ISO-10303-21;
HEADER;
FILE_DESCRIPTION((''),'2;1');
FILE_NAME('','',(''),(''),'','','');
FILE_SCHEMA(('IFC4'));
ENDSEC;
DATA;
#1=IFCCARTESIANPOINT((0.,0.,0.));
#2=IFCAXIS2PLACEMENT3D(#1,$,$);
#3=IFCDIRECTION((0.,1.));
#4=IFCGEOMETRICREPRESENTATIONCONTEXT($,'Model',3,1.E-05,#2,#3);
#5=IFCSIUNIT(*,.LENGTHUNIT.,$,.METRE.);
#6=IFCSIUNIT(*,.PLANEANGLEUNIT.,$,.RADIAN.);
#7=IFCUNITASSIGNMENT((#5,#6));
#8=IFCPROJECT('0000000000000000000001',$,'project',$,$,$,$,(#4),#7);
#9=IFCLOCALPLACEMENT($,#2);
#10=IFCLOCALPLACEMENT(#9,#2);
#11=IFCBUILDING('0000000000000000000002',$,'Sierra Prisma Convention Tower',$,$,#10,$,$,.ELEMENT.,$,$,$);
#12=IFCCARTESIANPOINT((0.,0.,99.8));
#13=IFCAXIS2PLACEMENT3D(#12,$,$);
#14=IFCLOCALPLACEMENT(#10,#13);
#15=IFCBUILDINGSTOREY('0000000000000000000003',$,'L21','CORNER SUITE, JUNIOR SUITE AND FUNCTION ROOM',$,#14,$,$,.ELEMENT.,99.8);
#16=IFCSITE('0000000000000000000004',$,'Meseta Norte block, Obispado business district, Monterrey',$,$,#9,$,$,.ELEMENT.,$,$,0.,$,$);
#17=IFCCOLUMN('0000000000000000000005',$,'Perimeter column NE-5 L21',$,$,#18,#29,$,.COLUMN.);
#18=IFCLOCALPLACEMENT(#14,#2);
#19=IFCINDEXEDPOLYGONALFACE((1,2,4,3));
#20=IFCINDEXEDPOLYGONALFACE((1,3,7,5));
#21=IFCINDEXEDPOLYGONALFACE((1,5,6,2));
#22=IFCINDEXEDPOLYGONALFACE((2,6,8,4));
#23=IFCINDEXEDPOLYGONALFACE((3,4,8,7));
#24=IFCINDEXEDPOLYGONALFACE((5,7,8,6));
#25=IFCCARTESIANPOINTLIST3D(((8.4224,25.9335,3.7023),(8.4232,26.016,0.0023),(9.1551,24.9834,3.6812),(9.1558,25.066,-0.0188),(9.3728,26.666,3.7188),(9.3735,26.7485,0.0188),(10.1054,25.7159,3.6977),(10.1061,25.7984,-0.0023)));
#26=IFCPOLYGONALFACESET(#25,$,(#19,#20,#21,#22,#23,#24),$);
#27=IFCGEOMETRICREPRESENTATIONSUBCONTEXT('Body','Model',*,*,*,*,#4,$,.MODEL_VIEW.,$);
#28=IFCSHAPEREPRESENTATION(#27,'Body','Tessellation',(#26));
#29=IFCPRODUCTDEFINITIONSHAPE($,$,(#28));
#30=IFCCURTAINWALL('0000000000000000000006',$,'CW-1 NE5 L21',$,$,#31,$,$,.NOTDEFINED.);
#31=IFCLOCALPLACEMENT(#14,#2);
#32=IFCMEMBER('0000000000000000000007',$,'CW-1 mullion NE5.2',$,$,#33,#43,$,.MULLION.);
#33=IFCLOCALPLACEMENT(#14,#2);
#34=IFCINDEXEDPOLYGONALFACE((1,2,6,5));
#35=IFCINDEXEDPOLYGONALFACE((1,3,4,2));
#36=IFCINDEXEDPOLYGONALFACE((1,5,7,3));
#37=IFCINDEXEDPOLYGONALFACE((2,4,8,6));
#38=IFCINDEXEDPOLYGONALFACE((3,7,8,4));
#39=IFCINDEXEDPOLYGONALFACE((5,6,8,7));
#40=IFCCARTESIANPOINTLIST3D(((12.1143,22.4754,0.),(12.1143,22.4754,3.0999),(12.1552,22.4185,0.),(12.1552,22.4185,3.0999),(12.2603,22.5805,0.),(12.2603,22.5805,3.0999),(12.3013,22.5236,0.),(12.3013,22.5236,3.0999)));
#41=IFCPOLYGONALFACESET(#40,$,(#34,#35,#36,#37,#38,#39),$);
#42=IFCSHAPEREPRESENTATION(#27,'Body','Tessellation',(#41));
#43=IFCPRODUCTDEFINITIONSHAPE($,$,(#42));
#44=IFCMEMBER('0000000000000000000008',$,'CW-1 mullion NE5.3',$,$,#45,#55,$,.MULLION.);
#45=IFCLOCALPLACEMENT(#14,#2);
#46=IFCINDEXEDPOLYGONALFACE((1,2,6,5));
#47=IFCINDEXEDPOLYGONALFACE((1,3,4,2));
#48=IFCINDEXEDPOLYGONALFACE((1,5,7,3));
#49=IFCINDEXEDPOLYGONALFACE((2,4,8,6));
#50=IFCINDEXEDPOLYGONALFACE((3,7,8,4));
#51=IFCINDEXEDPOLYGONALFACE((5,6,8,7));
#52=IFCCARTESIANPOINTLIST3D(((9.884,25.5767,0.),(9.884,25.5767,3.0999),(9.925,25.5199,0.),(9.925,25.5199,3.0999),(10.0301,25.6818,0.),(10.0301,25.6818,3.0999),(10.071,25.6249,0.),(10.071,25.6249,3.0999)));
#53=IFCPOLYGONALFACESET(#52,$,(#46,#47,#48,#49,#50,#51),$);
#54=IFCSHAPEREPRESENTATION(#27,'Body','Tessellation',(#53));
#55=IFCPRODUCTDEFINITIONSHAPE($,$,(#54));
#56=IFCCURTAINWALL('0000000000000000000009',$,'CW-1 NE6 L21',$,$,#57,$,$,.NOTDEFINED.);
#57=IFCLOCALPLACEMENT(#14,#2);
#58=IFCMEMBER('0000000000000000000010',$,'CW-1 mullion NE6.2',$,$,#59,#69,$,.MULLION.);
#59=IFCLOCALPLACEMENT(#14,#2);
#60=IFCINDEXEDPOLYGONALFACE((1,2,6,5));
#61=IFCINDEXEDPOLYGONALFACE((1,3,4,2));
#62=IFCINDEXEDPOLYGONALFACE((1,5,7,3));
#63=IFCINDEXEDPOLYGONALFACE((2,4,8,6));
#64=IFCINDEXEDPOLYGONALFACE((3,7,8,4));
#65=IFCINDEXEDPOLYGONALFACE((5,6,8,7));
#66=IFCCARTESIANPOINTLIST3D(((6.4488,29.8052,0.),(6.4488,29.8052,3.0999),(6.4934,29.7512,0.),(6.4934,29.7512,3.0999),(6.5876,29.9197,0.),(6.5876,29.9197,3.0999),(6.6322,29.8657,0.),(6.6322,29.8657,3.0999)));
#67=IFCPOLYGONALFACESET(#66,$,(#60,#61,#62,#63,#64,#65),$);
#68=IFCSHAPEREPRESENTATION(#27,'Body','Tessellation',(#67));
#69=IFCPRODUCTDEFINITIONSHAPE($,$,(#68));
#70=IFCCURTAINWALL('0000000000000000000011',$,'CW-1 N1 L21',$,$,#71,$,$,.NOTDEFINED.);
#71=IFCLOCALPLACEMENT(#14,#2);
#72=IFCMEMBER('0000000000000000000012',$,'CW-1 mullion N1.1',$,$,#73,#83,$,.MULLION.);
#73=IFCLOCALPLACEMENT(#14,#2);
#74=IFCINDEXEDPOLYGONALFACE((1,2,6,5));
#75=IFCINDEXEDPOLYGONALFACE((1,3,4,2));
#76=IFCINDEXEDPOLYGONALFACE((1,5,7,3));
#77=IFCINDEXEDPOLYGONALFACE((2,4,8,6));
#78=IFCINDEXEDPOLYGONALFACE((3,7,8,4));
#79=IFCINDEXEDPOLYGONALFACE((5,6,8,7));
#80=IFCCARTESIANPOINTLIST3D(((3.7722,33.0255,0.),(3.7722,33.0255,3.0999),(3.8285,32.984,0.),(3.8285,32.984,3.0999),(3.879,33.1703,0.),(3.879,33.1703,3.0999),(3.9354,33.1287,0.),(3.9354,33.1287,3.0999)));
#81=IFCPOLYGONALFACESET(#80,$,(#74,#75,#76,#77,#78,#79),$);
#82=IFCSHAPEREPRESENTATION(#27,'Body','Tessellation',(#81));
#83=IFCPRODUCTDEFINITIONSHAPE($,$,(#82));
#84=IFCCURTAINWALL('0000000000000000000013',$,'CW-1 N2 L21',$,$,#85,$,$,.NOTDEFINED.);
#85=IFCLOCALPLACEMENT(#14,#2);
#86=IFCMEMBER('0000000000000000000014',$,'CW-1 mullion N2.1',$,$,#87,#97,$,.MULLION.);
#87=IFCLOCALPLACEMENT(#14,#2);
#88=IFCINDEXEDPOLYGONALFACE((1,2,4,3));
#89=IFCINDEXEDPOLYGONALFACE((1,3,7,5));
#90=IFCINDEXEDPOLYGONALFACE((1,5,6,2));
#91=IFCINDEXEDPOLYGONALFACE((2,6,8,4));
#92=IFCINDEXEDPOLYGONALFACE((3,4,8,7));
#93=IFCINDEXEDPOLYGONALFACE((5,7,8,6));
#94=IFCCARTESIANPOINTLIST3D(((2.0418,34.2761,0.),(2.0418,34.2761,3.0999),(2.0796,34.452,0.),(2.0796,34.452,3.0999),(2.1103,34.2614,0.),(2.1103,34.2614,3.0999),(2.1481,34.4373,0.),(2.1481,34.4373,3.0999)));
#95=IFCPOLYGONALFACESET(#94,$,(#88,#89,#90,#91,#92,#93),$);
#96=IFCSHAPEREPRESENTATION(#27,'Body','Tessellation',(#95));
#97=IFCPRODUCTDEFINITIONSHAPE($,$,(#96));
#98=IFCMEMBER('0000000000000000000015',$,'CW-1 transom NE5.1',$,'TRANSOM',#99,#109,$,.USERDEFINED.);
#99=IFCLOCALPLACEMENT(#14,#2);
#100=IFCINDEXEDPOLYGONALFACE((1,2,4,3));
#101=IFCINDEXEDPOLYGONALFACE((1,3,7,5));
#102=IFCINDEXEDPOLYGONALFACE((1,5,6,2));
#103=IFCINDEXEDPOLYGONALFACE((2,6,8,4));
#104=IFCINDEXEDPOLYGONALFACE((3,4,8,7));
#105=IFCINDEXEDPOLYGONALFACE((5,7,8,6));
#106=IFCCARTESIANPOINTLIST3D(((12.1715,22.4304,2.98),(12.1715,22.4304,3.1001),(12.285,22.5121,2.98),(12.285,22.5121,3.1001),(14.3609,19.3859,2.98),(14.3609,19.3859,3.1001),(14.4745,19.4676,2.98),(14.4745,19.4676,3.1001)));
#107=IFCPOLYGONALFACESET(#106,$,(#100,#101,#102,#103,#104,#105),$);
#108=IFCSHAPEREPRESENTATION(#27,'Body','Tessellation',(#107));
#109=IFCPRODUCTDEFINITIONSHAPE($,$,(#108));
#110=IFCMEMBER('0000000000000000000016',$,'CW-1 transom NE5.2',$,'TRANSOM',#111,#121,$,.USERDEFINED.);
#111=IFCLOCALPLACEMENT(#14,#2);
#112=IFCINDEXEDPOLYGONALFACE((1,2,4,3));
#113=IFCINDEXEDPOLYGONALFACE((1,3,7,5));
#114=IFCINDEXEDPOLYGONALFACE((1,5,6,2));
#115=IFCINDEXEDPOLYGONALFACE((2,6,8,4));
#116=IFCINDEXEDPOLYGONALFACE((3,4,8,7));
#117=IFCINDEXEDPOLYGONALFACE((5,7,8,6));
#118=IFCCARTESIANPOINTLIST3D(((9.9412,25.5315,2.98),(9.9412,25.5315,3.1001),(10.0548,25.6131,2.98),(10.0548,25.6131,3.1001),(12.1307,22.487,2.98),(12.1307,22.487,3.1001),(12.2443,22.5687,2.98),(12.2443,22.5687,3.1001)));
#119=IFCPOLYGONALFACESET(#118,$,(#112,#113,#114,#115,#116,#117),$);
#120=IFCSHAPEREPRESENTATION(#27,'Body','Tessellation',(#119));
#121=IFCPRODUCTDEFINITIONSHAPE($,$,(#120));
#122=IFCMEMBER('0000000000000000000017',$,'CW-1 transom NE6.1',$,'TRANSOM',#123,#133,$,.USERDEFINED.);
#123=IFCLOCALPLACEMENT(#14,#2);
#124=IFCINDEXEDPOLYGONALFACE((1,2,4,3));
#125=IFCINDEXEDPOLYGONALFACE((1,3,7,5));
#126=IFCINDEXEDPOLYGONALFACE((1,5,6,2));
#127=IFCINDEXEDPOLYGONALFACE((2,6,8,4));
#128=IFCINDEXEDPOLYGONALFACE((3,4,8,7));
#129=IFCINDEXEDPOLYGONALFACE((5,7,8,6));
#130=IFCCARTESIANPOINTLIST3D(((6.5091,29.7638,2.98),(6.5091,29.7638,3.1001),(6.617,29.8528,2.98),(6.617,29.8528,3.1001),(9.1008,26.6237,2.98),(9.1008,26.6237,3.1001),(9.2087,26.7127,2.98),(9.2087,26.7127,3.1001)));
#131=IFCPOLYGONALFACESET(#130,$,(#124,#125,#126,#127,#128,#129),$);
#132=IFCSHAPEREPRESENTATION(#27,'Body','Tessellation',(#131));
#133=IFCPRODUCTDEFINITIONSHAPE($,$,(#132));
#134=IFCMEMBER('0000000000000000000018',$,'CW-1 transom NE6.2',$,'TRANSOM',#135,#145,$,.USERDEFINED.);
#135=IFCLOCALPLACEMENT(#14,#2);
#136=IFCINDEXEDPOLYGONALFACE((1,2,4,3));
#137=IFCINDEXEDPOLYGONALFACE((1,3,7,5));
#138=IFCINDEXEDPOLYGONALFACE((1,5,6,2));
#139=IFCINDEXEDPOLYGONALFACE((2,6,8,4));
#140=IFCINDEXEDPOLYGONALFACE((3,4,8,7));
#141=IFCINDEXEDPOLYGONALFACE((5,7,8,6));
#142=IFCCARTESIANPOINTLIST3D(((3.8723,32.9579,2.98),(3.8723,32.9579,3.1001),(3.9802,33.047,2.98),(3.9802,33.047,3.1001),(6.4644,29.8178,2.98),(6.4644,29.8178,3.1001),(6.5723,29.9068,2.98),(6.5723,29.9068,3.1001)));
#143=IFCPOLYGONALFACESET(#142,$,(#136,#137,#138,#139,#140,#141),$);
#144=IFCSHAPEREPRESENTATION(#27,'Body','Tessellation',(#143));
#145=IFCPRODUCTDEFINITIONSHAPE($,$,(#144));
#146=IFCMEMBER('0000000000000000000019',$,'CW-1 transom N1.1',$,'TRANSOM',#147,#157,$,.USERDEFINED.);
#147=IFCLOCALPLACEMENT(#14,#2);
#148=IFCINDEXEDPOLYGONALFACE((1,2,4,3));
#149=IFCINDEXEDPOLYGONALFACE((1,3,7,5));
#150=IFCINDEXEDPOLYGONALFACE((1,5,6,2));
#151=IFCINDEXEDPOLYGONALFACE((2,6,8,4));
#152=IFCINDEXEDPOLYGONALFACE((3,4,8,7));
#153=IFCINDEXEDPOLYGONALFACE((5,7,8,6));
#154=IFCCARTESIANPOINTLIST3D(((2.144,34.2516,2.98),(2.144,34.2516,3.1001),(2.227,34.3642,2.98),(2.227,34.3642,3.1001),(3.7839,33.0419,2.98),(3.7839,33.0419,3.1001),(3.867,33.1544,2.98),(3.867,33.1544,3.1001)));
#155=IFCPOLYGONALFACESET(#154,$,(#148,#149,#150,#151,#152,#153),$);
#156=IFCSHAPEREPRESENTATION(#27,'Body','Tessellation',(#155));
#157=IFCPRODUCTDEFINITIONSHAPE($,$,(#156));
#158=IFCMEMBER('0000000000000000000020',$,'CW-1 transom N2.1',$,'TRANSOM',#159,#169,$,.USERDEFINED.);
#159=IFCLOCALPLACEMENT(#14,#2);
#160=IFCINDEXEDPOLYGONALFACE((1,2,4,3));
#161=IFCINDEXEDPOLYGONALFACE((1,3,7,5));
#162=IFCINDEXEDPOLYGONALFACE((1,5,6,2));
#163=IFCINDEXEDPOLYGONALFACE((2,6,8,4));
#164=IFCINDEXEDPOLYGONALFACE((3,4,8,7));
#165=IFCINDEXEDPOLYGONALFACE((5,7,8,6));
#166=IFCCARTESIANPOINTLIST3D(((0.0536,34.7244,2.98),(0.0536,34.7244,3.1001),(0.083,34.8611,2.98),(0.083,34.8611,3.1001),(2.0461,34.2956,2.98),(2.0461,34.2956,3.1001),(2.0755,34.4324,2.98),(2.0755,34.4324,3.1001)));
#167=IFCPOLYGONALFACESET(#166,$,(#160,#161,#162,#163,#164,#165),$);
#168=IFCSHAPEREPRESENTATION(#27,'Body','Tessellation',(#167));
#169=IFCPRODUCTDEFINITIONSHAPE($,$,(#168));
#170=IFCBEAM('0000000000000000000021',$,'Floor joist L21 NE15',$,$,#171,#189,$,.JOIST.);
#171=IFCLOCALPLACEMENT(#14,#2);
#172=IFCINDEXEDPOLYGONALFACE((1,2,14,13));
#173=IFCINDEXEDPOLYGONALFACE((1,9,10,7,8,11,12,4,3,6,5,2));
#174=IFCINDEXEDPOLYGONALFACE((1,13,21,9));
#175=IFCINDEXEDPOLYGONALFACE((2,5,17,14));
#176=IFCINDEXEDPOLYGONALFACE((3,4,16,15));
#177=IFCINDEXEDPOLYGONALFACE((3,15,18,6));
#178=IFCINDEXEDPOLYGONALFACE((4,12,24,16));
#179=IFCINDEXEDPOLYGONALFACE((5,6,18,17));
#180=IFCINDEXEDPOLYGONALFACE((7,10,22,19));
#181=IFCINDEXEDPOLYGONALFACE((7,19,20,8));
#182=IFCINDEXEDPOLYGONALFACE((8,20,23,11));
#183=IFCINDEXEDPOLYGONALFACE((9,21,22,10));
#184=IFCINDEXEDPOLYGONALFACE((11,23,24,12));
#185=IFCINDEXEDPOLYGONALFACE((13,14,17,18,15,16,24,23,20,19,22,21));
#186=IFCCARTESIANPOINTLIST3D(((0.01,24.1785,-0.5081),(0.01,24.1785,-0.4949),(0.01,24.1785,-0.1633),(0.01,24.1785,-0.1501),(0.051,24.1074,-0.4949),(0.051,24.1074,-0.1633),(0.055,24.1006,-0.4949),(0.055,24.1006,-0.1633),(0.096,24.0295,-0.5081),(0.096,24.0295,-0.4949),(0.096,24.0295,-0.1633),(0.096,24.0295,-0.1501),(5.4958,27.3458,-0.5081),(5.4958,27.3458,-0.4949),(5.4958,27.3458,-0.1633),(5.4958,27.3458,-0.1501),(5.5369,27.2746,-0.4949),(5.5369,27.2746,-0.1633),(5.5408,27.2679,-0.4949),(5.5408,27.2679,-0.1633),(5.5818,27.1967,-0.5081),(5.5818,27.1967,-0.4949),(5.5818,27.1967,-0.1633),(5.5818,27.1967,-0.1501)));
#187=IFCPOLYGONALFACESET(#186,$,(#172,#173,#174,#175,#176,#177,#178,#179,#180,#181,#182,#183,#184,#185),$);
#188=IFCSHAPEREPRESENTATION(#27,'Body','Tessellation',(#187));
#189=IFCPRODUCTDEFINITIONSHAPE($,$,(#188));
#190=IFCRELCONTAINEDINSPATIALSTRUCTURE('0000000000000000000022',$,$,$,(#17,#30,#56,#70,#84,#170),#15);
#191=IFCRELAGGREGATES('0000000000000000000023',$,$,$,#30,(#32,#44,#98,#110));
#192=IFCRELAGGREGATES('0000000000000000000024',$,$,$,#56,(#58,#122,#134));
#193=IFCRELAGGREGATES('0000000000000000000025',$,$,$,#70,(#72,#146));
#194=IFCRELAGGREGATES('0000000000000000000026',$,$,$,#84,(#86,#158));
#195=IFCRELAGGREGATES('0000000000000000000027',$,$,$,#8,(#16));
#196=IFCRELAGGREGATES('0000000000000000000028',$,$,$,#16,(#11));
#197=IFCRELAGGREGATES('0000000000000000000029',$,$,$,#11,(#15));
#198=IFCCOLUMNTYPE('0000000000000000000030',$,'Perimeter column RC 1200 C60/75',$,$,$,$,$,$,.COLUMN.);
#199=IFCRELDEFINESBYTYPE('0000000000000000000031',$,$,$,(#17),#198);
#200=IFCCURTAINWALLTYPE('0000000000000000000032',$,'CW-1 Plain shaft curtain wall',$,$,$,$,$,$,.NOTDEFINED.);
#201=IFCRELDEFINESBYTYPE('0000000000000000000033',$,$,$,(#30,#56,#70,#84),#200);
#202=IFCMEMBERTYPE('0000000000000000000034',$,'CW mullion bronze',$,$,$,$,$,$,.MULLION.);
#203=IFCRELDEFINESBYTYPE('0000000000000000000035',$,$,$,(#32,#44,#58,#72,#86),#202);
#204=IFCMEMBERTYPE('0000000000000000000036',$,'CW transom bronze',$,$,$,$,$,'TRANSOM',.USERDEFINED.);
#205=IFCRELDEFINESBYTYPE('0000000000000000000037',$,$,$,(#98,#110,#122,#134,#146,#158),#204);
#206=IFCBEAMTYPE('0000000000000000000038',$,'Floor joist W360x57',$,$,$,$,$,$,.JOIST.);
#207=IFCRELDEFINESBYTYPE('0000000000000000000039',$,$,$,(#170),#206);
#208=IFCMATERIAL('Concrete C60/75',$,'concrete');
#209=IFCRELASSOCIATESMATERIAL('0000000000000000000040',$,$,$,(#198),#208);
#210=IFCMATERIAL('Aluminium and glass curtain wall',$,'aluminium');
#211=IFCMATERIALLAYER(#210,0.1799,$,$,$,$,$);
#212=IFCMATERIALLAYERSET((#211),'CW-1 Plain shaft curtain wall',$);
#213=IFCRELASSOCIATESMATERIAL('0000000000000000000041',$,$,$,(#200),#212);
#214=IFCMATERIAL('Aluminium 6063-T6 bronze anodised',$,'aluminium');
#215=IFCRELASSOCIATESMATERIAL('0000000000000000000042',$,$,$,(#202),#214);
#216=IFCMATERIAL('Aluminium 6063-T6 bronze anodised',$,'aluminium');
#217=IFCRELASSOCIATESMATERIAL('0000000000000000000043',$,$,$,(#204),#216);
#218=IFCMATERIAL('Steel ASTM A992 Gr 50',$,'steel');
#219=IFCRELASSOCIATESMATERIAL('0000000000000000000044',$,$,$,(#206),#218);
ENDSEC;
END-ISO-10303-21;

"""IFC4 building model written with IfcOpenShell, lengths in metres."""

from ifc_helpers import new_model, si_unit, direction, frame, origin, origin_2d, place, context, subcontext, project, spatial, rectangle, i_section, extrude, material, layer, layer_set, material_profile, profile_set, type_object, element, aggregate, save


model = new_model("IFC4")

# Units and contexts
model_context = context("Model", 3, precision=1e-05, world=origin(), true_north=direction((0.0, 1.0)))
body_context = subcontext(model_context, "Body", "Model", "MODEL_VIEW")
ifc_project = project(units=[si_unit("LENGTHUNIT", "METRE"), si_unit("PLANEANGLEUNIT", "RADIAN")], contexts=[model_context])

# Site, building, storey
site_placement = place(None, origin())
site = spatial("IfcSite", under=ifc_project, at=site_placement, Name="Meseta Norte block, Obispado business district, Monterrey", CompositionType="ELEMENT", RefElevation=0.0)
building_placement = place(site_placement, origin())
building = spatial("IfcBuilding", under=site, at=building_placement, Name="Sierra Prisma Convention Tower", CompositionType="ELEMENT")
storey_placement = place(building_placement, frame((0.0, 0.0, 99.8)))
storey = spatial("IfcBuildingStorey", under=building, at=storey_placement, Name="L21", Description="CORNER SUITE, JUNIOR SUITE AND FUNCTION ROOM", CompositionType="ELEMENT", Elevation=99.8)

# Column
ifc_material_1 = material(Name="Concrete C60/75", Category="concrete")
ifc_material_profile_1 = material_profile(ifc_material_1, rectangle(XDim=1.2, YDim=1.2, at=origin_2d()), Name="Perimeter column RC 1200 C60/75")
ifc_profile_set_1 = profile_set([ifc_material_profile_1], Name="Concrete C60/75")
column_type = type_object("IfcColumnType", Name="Perimeter column RC 1200 C60/75", PredefinedType="COLUMN", material=ifc_profile_set_1)
column_placement = place(storey_placement, frame((9.2646, 25.9072, 0.0), z_axis=(-0.000198, -0.022297, 0.999751), x_axis=(-0.61056, 0.791776, 0.017538)))
element("IfcColumn", 1, at=column_placement, inside=storey, type_object=column_type, Name="Perimeter column NE-5 L21", PredefinedType="COLUMN", context=body_context, shape_type="SweptSolid", body=[
    extrude(rectangle(XDim=1.2, YDim=1.2, at=origin_2d()), origin(), (0.0, 0.0, 1.0), 3.7009),
])

# Curtain wall, members
ifc_material_2 = material(Name="Aluminium and glass curtain wall", Category="aluminium")
ifc_layer_1 = layer(ifc_material_2, 0.1799)
ifc_layer_set_1 = layer_set([ifc_layer_1], Name="CW-1 Plain shaft curtain wall")
curtain_wall_type = type_object("IfcCurtainWallType", Name="CW-1 Plain shaft curtain wall", PredefinedType="NOTDEFINED", material=ifc_layer_set_1)
curtain_wall_1_placement = place(storey_placement, origin())
curtain_wall_1 = element("IfcCurtainWall", 2, at=curtain_wall_1_placement, inside=storey, type_object=curtain_wall_type, Name="CW-1 NE5 L21", PredefinedType="NOTDEFINED")
ifc_material_3 = material(Name="Aluminium 6063-T6 bronze anodised", Category="aluminium")
ifc_material_profile_2 = material_profile(ifc_material_3, rectangle(XDim=0.1799, YDim=0.0701, at=origin_2d()), Name="ALU MULLION 70x180")
ifc_profile_set_2 = profile_set([ifc_material_profile_2], Name="Aluminium 6063-T6 bronze anodised")
member_type_1 = type_object("IfcMemberType", Name="CW mullion bronze", PredefinedType="MULLION", material=ifc_profile_set_2)
member_1_placement = place(storey_placement, frame((12.2078, 22.4995, 0.0), z_axis=(0.0, 0.0, 1.0), x_axis=(-0.811854, -0.58386, 0.0)))
member_1 = element("IfcMember", 3, at=member_1_placement, type_object=member_type_1, Name="CW-1 mullion NE5.2", PredefinedType="MULLION", context=body_context, shape_type="SweptSolid", body=[
    extrude(rectangle(XDim=0.1799, YDim=0.0701, at=origin_2d()), origin(), (0.0, 0.0, 1.0), 3.0999),
])
member_2_placement = place(storey_placement, frame((9.9775, 25.6008, 0.0), z_axis=(0.0, 0.0, 1.0), x_axis=(-0.811854, -0.58386, 0.0)))
member_2 = element("IfcMember", 4, at=member_2_placement, type_object=member_type_1, Name="CW-1 mullion NE5.3", PredefinedType="MULLION", context=body_context, shape_type="SweptSolid", body=[
    extrude(rectangle(XDim=0.1799, YDim=0.0701, at=origin_2d()), origin(), (0.0, 0.0, 1.0), 3.0999),
])

# Curtain walls, members
curtain_wall_2_placement = place(storey_placement, origin())
curtain_wall_2 = element("IfcCurtainWall", 5, at=curtain_wall_2_placement, inside=storey, type_object=curtain_wall_type, Name="CW-1 NE6 L21", PredefinedType="NOTDEFINED")
member_3_placement = place(storey_placement, frame((6.5405, 29.8354, 0.0), z_axis=(0.0, 0.0, 1.0), x_axis=(-0.771208, -0.636584, 0.0)))
member_3 = element("IfcMember", 6, at=member_3_placement, type_object=member_type_1, Name="CW-1 mullion NE6.2", PredefinedType="MULLION", context=body_context, shape_type="SweptSolid", body=[
    extrude(rectangle(XDim=0.1799, YDim=0.0701, at=origin_2d()), origin(), (0.0, 0.0, 1.0), 3.0999),
])
curtain_wall_3_placement = place(storey_placement, origin())
curtain_wall_3 = element("IfcCurtainWall", 7, at=curtain_wall_3_placement, inside=storey, type_object=curtain_wall_type, Name="CW-1 N1 L21", PredefinedType="NOTDEFINED")
member_4_placement = place(storey_placement, frame((3.8538, 33.0771, 0.0), z_axis=(0.0, 0.0, 1.0), x_axis=(-0.593647, -0.804726, 0.0)))
member_4 = element("IfcMember", 8, at=member_4_placement, type_object=member_type_1, Name="CW-1 mullion N1.1", PredefinedType="MULLION", context=body_context, shape_type="SweptSolid", body=[
    extrude(rectangle(XDim=0.1799, YDim=0.0701, at=origin_2d()), origin(), (0.0, 0.0, 1.0), 3.0999),
])
curtain_wall_4_placement = place(storey_placement, origin())
curtain_wall_4 = element("IfcCurtainWall", 9, at=curtain_wall_4_placement, inside=storey, type_object=curtain_wall_type, Name="CW-1 N2 L21", PredefinedType="NOTDEFINED")
member_5_placement = place(storey_placement, frame((2.095, 34.3567, 0.0), z_axis=(0.0, 0.0, 1.0), x_axis=(-0.21028, -0.977641, 0.0)))
member_5 = element("IfcMember", 10, at=member_5_placement, type_object=member_type_1, Name="CW-1 mullion N2.1", PredefinedType="MULLION", context=body_context, shape_type="SweptSolid", body=[
    extrude(rectangle(XDim=0.1799, YDim=0.0701, at=origin_2d()), origin(), (0.0, 0.0, 1.0), 3.0999),
])

# Members
ifc_material_4 = material(Name="Aluminium 6063-T6 bronze anodised", Category="aluminium")
ifc_material_profile_3 = material_profile(ifc_material_4, rectangle(XDim=0.1399, YDim=0.1201, at=origin_2d()), Name="ALU TRANSOM 120x140")
ifc_profile_set_3 = profile_set([ifc_material_profile_3], Name="Aluminium 6063-T6 bronze anodised")
member_type_2 = type_object("IfcMemberType", Name="CW transom bronze", ElementType="TRANSOM", PredefinedType="USERDEFINED", material=ifc_profile_set_3)
member_6_placement = place(storey_placement, frame((14.4177, 19.4268, 3.04), z_axis=(-0.583859, 0.811855, 0.0), x_axis=(-0.811855, -0.583859, 0.0)))
member_6 = element("IfcMember", 11, at=member_6_placement, type_object=member_type_2, Name="CW-1 transom NE5.1", ObjectType="TRANSOM", PredefinedType="USERDEFINED", context=body_context, shape_type="SweptSolid", body=[
    extrude(rectangle(XDim=0.1399, YDim=0.1201, at=origin_2d()), origin(), (0.0, 0.0, 1.0), 3.75),
])
member_7_placement = place(storey_placement, frame((12.1875, 22.5278, 3.04), z_axis=(-0.583859, 0.811855, 0.0), x_axis=(-0.811855, -0.583859, 0.0)))
member_7 = element("IfcMember", 12, at=member_7_placement, type_object=member_type_2, Name="CW-1 transom NE5.2", ObjectType="TRANSOM", PredefinedType="USERDEFINED", context=body_context, shape_type="SweptSolid", body=[
    extrude(rectangle(XDim=0.1399, YDim=0.1201, at=origin_2d()), origin(), (0.0, 0.0, 1.0), 3.75),
])
member_8_placement = place(storey_placement, frame((9.1548, 26.6682, 3.04), z_axis=(-0.636556, 0.771231, 0.0), x_axis=(-0.771231, -0.636556, 0.0)))
member_8 = element("IfcMember", 13, at=member_8_placement, type_object=member_type_2, Name="CW-1 transom NE6.1", ObjectType="TRANSOM", PredefinedType="USERDEFINED", context=body_context, shape_type="SweptSolid", body=[
    extrude(rectangle(XDim=0.1399, YDim=0.1201, at=origin_2d()), origin(), (0.0, 0.0, 1.0), 4.0715),
])
member_9_placement = place(storey_placement, frame((6.5183, 29.8623, 3.04), z_axis=(-0.636592, 0.771201, 0.0), x_axis=(-0.771201, -0.636592, 0.0)))
member_9 = element("IfcMember", 14, at=member_9_placement, type_object=member_type_2, Name="CW-1 transom NE6.2", ObjectType="TRANSOM", PredefinedType="USERDEFINED", context=body_context, shape_type="SweptSolid", body=[
    extrude(rectangle(XDim=0.1399, YDim=0.1201, at=origin_2d()), origin(), (0.0, 0.0, 1.0), 4.0718),
])
member_10_placement = place(storey_placement, frame((3.8254, 33.0981, 3.04), z_axis=(-0.804734, 0.593636, 0.0), x_axis=(-0.593636, -0.804734, 0.0)))
member_10 = element("IfcMember", 15, at=member_10_placement, type_object=member_type_2, Name="CW-1 transom N1.1", ObjectType="TRANSOM", PredefinedType="USERDEFINED", context=body_context, shape_type="SweptSolid", body=[
    extrude(rectangle(XDim=0.1399, YDim=0.1201, at=origin_2d()), origin(), (0.0, 0.0, 1.0), 2.0378),
])
member_11_placement = place(storey_placement, frame((2.0608, 34.364, 3.04), z_axis=(-0.977625, 0.210355, 0.0), x_axis=(-0.210355, -0.977625, 0.0)))
member_11 = element("IfcMember", 16, at=member_11_placement, type_object=member_type_2, Name="CW-1 transom N2.1", ObjectType="TRANSOM", PredefinedType="USERDEFINED", context=body_context, shape_type="SweptSolid", body=[
    extrude(rectangle(XDim=0.1399, YDim=0.1201, at=origin_2d()), origin(), (0.0, 0.0, 1.0), 2.0381),
])

# Beam
ifc_material_5 = material(Name="Steel ASTM A992 Gr 50", Category="steel")
ifc_material_profile_4 = material_profile(ifc_material_5, i_section(OverallWidth=0.1721, OverallDepth=0.3579, WebThickness=0.0078, FlangeThickness=0.0132, at=origin_2d()), Name="W360x57")
ifc_profile_set_4 = profile_set([ifc_material_profile_4], Name="Steel ASTM A992 Gr 50")
beam_type_1 = type_object("IfcBeamType", Name="Floor joist W360x57", PredefinedType="JOIST", material=ifc_profile_set_4)
beam_1_placement = place(storey_placement, frame((5.5388, 27.2712, -0.3291), z_axis=(-0.866026, -0.499998, 0.0), x_axis=(0.499998, -0.866026, 0.0)))
element("IfcBeam", 17, at=beam_1_placement, inside=storey, type_object=beam_type_1, Name="Floor joist L21 NE15", PredefinedType="JOIST", context=body_context, shape_type="SweptSolid", body=[
    extrude(i_section(OverallWidth=0.1721, OverallDepth=0.3579, WebThickness=0.0078, FlangeThickness=0.0132, at=origin_2d()), origin(), (0.0, 0.0, 1.0), 6.3345),
])

aggregate(curtain_wall_1, [member_1, member_2, member_6, member_7])
aggregate(curtain_wall_2, [member_3, member_8, member_9])
aggregate(curtain_wall_3, [member_4, member_10])
aggregate(curtain_wall_4, [member_5, member_11])

save(model, "model.ifc")
